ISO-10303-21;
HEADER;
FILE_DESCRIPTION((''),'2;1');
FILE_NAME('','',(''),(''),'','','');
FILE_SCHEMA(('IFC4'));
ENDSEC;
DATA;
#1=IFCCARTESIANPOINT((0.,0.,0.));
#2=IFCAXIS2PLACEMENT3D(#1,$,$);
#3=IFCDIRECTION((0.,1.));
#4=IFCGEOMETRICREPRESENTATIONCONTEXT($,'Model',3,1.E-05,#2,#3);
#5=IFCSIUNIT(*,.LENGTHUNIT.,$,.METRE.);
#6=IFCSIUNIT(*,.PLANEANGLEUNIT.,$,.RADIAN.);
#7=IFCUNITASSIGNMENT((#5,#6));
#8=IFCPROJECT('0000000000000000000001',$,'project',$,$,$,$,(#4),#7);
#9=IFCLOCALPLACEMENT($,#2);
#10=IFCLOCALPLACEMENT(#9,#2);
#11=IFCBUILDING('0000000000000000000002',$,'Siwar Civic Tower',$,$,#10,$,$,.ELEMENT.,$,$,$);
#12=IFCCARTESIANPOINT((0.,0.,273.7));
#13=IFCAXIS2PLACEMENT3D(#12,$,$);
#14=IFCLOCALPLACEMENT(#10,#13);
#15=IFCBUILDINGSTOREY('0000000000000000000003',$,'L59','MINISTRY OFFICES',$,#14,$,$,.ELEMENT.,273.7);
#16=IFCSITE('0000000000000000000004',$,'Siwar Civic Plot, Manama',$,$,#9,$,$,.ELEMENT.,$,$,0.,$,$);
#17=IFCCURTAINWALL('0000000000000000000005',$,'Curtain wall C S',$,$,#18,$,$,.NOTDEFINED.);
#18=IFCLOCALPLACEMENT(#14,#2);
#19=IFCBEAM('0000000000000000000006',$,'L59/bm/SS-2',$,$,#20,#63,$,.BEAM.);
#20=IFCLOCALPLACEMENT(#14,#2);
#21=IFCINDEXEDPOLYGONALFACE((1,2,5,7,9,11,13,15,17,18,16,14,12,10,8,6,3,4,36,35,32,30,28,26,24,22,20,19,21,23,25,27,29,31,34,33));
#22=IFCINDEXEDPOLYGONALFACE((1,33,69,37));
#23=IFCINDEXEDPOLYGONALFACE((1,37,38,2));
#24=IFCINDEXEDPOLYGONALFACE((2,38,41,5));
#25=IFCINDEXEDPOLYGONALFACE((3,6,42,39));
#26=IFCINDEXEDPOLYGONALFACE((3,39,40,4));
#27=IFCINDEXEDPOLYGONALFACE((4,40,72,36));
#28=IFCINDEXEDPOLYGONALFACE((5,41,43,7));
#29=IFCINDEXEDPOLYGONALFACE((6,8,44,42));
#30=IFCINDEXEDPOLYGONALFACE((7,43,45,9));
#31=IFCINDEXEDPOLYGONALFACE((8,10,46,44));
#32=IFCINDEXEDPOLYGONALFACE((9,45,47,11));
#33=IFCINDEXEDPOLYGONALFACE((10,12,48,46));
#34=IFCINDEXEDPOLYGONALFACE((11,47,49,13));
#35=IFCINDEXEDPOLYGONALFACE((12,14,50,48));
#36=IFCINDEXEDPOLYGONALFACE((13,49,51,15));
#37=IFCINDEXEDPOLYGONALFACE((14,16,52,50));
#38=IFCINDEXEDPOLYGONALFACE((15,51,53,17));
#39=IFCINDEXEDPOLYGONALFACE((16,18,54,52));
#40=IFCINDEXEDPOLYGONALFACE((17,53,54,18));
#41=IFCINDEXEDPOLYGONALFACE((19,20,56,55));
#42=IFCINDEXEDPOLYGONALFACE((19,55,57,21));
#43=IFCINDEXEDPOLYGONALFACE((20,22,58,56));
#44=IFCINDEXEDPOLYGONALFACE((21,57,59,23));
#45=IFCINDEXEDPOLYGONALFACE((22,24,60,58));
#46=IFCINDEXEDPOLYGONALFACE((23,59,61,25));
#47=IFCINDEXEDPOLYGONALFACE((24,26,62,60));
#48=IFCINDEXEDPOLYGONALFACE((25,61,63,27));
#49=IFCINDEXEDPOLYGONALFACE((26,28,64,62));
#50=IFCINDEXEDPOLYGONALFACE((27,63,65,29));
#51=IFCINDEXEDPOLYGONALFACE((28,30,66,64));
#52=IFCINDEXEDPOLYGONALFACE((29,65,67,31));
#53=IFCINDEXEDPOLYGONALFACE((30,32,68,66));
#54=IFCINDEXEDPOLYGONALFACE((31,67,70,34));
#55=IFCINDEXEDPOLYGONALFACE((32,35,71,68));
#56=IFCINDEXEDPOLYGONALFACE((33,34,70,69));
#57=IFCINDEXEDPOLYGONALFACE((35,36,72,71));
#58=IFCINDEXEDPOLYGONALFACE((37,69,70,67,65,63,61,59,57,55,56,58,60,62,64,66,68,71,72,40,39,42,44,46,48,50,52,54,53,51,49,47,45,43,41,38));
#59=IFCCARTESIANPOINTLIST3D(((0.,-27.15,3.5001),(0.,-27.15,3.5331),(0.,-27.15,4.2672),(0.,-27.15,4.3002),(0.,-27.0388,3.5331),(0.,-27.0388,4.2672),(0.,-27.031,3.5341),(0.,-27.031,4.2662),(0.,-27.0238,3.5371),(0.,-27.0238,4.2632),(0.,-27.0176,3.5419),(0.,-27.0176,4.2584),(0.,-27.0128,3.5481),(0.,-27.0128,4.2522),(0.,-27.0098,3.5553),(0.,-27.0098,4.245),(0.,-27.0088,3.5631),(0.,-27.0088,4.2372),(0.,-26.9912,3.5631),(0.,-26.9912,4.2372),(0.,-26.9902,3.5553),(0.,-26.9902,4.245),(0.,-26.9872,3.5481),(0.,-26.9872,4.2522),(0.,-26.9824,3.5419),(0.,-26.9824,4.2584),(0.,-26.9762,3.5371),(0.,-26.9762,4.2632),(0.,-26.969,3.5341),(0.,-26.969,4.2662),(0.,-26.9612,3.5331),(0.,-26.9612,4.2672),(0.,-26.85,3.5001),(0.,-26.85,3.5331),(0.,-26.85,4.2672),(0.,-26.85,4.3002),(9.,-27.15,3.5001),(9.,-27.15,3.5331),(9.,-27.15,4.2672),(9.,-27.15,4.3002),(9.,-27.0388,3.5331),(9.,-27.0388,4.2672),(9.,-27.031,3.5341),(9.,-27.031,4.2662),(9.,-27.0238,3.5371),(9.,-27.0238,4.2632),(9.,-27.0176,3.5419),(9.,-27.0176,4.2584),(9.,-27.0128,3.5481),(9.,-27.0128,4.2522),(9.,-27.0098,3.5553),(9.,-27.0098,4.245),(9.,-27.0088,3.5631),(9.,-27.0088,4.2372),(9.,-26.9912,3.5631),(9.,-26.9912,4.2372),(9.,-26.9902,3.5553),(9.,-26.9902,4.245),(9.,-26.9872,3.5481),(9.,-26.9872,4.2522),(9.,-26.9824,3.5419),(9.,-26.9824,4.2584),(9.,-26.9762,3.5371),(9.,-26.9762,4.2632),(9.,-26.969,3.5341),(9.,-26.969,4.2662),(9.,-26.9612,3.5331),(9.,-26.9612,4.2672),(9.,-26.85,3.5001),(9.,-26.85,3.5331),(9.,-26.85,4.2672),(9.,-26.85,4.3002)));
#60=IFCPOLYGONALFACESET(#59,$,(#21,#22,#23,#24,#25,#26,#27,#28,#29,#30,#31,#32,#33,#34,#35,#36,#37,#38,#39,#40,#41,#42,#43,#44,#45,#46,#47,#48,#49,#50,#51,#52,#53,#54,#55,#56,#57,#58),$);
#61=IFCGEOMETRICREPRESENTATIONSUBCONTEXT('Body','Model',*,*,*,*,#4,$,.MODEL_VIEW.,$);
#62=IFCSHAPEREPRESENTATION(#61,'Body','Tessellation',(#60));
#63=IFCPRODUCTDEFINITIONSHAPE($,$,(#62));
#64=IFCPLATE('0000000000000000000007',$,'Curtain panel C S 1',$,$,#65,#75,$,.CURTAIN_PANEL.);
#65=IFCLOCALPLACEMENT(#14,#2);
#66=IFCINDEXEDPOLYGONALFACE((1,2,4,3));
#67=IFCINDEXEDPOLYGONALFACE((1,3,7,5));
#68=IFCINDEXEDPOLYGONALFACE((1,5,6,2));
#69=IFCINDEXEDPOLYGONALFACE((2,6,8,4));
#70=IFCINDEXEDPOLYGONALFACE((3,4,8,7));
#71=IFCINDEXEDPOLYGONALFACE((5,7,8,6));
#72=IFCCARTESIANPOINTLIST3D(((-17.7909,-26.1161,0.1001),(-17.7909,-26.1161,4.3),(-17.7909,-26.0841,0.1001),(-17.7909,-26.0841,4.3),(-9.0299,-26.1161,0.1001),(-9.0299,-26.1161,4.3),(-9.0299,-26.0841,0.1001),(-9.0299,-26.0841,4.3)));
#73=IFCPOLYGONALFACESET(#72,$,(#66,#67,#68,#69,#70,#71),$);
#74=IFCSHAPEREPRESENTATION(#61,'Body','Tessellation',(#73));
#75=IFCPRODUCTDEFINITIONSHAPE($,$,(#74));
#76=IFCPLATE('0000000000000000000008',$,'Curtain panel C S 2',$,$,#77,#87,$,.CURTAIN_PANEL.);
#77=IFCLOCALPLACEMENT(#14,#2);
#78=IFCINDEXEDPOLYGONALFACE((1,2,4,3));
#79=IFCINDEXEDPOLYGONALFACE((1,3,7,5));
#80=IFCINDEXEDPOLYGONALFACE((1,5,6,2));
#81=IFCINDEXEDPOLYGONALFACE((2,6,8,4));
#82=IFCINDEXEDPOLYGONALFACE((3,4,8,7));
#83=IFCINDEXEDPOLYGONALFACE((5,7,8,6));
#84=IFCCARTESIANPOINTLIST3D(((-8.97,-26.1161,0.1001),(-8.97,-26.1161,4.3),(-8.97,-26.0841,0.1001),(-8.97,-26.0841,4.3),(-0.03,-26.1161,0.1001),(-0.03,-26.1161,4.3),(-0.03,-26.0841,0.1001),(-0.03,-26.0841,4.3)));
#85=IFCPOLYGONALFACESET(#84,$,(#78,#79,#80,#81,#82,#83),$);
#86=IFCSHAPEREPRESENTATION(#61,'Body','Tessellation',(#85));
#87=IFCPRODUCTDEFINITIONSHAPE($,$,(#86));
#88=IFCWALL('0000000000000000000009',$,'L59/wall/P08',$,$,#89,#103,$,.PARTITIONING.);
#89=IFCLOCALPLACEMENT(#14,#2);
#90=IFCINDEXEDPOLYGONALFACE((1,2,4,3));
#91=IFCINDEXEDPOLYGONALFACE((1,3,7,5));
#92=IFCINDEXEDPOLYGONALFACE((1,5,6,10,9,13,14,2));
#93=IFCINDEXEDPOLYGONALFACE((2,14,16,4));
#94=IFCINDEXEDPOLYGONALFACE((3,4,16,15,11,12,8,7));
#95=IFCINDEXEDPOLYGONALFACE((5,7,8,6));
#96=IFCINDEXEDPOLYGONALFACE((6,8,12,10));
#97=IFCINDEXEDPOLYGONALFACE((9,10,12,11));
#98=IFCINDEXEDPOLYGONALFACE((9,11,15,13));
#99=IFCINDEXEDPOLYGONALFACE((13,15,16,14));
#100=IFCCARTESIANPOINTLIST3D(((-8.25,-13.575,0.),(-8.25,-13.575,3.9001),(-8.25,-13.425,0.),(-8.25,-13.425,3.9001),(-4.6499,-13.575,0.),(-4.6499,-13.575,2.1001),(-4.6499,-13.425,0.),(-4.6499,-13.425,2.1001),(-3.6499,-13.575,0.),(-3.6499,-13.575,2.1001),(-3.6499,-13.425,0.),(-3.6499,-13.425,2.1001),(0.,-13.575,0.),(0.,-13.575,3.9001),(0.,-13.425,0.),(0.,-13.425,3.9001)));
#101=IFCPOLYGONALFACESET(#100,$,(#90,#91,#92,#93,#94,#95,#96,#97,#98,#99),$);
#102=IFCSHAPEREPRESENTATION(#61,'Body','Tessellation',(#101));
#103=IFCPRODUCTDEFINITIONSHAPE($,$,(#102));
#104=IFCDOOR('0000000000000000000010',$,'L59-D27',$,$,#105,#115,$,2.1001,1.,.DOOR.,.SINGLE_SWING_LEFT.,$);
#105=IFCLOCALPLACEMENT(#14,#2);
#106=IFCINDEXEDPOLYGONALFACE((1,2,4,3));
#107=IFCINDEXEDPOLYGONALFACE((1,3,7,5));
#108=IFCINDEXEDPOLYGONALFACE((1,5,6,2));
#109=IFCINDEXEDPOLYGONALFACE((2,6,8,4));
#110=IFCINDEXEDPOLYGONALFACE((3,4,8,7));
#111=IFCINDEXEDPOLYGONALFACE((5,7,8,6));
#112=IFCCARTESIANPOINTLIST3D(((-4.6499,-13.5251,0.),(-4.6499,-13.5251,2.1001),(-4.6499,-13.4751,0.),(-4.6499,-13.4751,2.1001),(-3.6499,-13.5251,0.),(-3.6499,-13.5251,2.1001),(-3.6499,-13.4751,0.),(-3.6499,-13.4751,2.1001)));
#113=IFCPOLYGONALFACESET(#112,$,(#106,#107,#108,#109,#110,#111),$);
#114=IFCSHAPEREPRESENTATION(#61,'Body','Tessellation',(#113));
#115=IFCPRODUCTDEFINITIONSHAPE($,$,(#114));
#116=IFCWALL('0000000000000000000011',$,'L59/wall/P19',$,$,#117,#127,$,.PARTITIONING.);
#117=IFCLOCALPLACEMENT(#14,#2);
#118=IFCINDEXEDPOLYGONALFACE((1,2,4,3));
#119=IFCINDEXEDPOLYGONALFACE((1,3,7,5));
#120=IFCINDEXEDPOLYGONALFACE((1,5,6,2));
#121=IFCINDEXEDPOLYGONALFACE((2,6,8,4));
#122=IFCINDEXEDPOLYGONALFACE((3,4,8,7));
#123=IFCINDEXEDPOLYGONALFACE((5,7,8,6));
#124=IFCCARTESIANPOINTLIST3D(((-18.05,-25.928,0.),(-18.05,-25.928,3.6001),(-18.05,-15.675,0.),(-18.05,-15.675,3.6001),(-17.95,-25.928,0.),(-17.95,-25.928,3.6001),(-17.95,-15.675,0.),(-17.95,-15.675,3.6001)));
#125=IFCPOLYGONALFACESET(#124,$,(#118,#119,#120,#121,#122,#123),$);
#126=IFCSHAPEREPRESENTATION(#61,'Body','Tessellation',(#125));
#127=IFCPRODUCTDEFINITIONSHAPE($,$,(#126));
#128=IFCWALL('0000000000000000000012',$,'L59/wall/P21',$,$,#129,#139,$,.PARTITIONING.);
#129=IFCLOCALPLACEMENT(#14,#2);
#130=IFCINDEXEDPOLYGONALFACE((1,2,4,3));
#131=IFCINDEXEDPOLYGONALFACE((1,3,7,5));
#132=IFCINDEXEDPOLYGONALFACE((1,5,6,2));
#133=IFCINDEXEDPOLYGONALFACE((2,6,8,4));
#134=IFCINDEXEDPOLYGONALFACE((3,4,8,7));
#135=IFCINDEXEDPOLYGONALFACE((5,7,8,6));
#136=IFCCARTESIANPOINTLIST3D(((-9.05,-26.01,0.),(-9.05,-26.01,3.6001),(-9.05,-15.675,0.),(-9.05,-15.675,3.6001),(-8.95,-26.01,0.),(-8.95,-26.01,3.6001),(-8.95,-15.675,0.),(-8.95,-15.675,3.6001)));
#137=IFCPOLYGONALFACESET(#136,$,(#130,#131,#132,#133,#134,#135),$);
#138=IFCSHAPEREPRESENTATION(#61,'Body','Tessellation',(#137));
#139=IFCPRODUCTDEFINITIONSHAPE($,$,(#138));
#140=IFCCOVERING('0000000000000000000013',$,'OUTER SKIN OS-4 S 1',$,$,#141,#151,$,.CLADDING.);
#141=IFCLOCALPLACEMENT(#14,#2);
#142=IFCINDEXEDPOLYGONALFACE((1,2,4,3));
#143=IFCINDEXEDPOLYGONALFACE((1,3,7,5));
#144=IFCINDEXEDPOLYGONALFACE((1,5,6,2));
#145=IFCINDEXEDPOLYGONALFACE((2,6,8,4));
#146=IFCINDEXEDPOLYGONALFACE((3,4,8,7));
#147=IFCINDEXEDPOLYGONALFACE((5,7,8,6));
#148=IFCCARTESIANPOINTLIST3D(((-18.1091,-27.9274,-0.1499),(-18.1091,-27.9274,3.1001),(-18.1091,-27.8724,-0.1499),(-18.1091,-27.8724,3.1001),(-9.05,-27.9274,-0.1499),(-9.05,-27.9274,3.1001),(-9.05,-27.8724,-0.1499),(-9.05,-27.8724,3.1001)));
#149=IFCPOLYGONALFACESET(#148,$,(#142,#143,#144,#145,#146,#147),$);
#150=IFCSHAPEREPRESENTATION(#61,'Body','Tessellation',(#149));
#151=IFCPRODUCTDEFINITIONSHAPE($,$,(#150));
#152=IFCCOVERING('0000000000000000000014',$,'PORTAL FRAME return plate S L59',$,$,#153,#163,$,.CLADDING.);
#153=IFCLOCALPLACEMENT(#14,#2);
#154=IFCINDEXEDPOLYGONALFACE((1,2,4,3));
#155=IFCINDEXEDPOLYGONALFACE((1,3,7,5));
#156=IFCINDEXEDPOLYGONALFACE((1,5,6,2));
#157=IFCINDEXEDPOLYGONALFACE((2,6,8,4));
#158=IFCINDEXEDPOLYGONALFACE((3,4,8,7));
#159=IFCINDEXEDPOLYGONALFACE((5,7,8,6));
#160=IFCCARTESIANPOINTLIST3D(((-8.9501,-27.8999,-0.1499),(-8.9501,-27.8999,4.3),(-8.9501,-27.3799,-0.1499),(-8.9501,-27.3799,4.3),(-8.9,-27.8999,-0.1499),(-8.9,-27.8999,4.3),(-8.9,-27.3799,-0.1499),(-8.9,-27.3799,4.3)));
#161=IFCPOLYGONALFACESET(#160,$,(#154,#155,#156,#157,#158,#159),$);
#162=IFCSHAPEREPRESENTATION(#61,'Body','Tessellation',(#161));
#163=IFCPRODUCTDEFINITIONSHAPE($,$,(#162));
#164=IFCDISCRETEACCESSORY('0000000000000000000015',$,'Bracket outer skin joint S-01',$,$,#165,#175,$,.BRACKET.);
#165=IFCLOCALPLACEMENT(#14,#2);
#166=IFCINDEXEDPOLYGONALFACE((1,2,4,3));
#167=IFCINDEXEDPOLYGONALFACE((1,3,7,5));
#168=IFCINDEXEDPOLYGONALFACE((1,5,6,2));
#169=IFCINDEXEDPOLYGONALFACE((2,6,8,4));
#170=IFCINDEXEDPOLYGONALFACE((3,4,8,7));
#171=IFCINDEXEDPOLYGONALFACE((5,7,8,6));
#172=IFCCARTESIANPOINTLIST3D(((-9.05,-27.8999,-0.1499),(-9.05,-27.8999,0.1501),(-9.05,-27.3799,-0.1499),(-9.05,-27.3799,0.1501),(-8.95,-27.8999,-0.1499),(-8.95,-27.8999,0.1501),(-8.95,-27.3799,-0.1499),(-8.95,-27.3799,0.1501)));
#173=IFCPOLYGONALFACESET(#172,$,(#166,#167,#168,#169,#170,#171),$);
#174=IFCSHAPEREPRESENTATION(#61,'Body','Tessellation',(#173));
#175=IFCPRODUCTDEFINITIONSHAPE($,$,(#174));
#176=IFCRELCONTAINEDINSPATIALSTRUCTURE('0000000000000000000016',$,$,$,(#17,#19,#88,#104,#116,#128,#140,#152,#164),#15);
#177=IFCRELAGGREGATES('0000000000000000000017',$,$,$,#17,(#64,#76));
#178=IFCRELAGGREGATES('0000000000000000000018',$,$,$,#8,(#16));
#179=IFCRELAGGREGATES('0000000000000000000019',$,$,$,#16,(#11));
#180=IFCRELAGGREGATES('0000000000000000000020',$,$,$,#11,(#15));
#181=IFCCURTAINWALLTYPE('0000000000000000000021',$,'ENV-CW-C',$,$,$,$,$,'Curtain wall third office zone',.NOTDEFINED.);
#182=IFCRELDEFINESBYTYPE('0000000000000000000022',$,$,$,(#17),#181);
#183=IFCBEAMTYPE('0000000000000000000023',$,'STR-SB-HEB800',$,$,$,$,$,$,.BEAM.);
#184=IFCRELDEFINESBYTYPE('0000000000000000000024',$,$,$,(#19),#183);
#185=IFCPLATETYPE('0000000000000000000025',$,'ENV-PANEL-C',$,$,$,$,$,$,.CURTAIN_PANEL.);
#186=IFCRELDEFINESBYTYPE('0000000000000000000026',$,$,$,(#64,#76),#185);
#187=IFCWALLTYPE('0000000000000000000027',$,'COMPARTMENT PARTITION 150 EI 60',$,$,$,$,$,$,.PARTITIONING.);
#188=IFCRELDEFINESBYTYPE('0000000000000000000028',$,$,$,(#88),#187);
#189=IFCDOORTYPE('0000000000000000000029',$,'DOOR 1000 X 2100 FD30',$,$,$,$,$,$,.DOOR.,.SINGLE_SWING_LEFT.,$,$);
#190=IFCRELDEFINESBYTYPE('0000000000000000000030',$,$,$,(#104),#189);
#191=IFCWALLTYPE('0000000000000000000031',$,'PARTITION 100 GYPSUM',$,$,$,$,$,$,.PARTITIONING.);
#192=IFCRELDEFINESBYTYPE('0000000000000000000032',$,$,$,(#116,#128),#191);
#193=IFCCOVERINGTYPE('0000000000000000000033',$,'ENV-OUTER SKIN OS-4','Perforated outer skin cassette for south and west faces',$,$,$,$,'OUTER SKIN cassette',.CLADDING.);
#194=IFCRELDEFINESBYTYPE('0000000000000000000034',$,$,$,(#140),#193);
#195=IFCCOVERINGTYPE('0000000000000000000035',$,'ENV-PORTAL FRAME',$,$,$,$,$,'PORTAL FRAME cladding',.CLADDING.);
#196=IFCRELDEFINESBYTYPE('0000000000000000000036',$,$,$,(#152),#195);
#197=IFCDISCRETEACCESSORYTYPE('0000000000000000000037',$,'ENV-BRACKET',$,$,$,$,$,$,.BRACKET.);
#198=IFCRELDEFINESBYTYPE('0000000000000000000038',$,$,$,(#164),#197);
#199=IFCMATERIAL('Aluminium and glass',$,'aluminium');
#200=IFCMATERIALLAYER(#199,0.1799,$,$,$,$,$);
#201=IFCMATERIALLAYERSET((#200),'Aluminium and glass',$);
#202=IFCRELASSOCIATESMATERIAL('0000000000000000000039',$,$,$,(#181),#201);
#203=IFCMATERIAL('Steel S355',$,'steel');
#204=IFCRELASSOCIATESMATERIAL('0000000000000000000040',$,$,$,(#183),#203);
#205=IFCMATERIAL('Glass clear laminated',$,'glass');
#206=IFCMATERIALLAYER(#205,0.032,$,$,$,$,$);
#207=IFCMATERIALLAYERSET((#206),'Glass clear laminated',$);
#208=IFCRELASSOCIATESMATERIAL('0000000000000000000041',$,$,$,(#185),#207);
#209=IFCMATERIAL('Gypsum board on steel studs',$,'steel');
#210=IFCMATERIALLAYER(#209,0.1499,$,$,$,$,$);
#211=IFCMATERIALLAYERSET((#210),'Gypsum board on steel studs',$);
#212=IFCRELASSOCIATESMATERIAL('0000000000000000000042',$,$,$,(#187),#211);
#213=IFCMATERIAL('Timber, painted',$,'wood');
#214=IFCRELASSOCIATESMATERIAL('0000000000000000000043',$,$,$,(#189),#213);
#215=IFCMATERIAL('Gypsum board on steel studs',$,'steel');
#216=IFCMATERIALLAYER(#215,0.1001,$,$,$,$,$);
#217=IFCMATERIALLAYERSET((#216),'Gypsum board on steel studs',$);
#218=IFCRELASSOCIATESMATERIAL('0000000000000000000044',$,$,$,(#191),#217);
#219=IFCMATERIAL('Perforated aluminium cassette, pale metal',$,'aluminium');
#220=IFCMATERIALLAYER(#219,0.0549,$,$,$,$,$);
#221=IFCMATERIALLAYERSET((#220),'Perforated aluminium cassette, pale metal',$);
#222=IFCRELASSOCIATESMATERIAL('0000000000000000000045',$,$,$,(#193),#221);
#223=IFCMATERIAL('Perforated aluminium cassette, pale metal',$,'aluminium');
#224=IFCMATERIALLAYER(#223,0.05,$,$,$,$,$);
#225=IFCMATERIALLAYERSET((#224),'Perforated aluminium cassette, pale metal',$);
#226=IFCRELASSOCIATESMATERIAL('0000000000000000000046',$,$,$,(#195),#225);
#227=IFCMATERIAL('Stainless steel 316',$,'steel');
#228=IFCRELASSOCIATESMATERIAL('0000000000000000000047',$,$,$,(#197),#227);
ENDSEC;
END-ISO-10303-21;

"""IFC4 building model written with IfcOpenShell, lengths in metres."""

from ifc_helpers import new_model, si_unit, direction, frame, frame_2d, origin, origin_2d, place, context, subcontext, project, spatial, rectangle, i_section, extrude, material, layer, layer_set, material_profile, profile_set, type_object, element, fill, aggregate, save


model = new_model("IFC4")

# Units and contexts
model_context = context("Model", 3, precision=1e-05, world=origin(), true_north=direction((0.0, 1.0)))
body_context = subcontext(model_context, "Body", "Model", "MODEL_VIEW")
ifc_project = project(units=[si_unit("LENGTHUNIT", "METRE"), si_unit("PLANEANGLEUNIT", "RADIAN")], contexts=[model_context])

# Site, building, storey
site_placement = place(None, origin())
site = spatial("IfcSite", under=ifc_project, at=site_placement, Name="Siwar Civic Plot, Manama", CompositionType="ELEMENT", RefElevation=0.0)
building_placement = place(site_placement, origin())
building = spatial("IfcBuilding", under=site, at=building_placement, Name="Siwar Civic Tower", CompositionType="ELEMENT")
storey_placement = place(building_placement, frame((0.0, 0.0, 273.7)))
storey = spatial("IfcBuildingStorey", under=building, at=storey_placement, Name="L59", Description="MINISTRY OFFICES", CompositionType="ELEMENT", Elevation=273.7)

# Curtain wall
ifc_material_1 = material(Name="Aluminium and glass", Category="aluminium")
ifc_layer_1 = layer(ifc_material_1, 0.1799)
ifc_layer_set_1 = layer_set([ifc_layer_1], Name="Aluminium and glass")
curtain_wall_type = type_object("IfcCurtainWallType", Name="ENV-CW-C", ElementType="Curtain wall third office zone", PredefinedType="NOTDEFINED", material=ifc_layer_set_1)
curtain_wall_placement = place(storey_placement, origin())
curtain_wall = element("IfcCurtainWall", 1, at=curtain_wall_placement, inside=storey, type_object=curtain_wall_type, Name="Curtain wall C S", PredefinedType="NOTDEFINED")

# Beam
ifc_material_2 = material(Name="Steel S355", Category="steel")
ifc_material_profile_1 = material_profile(ifc_material_2, i_section(OverallWidth=0.3, OverallDepth=0.8, WebThickness=0.0176, FlangeThickness=0.033, FilletRadius=0.03, at=origin_2d()), Name="HEB800")
ifc_profile_set_1 = profile_set([ifc_material_profile_1], Name="Steel S355")
beam_type_1 = type_object("IfcBeamType", Name="STR-SB-HEB800", PredefinedType="BEAM", material=ifc_profile_set_1)
for number, where, z_axis, x_axis, name in (
    (2, (0.0, -27.0, 3.9001), (1.0, 0.0, 0.0), (0.0, 1.0, 0.0), "L59/bm/SS-2"),
):
    element("IfcBeam", number, at=place(storey_placement, frame(where, z_axis=z_axis, x_axis=x_axis)), inside=storey, type_object=beam_type_1, Name=name, PredefinedType="BEAM", context=body_context, shape_type="SweptSolid", body=[
        extrude(i_section(OverallWidth=0.3, OverallDepth=0.8, WebThickness=0.0176, FlangeThickness=0.033, FilletRadius=0.03, at=origin_2d()), origin(), (0.0, 0.0, 1.0), 9.0),
    ])

# Plates
ifc_material_3 = material(Name="Glass clear laminated", Category="glass")
ifc_layer_2 = layer(ifc_material_3, 0.032)
ifc_layer_set_2 = layer_set([ifc_layer_2], Name="Glass clear laminated")
plate_type = type_object("IfcPlateType", Name="ENV-PANEL-C", PredefinedType="CURTAIN_PANEL", material=ifc_layer_set_2)
plate_1_placement = place(storey_placement, frame((-13.4104, -26.1001, 0.1001), z_axis=(0.0, 0.0, 1.0), x_axis=(1.0, 0.0, 0.0)))
plate_1 = element("IfcPlate", 3, at=plate_1_placement, type_object=plate_type, Name="Curtain panel C S 1", PredefinedType="CURTAIN_PANEL", context=body_context, shape_type="SweptSolid", body=[
    extrude(rectangle(XDim=8.761, YDim=0.032, at=origin_2d()), origin(), (0.0, 0.0, 1.0), 4.2),
])
plate_2_placement = place(storey_placement, frame((-4.5, -26.1001, 0.1001), z_axis=(0.0, 0.0, 1.0), x_axis=(1.0, 0.0, 0.0)))
plate_2 = element("IfcPlate", 4, at=plate_2_placement, type_object=plate_type, Name="Curtain panel C S 2", PredefinedType="CURTAIN_PANEL", context=body_context, shape_type="SweptSolid", body=[
    extrude(rectangle(XDim=8.9399, YDim=0.032, at=origin_2d()), origin(), (0.0, 0.0, 1.0), 4.2),
])
aggregate(curtain_wall, [plate_1, plate_2])

# Wall, opening, door
ifc_material_4 = material(Name="Gypsum board on steel studs", Category="steel")
ifc_layer_3 = layer(ifc_material_4, 0.1499)
ifc_layer_set_3 = layer_set([ifc_layer_3], Name="Gypsum board on steel studs")
wall_type_1 = type_object("IfcWallType", Name="COMPARTMENT PARTITION 150 EI 60", PredefinedType="PARTITIONING", material=ifc_layer_set_3)
wall_1_placement = place(storey_placement, frame((-8.25, -13.5, 0.0), z_axis=(0.0, 0.0, 1.0), x_axis=(1.0, 0.0, 0.0)))
wall_1 = element("IfcWall", 5, at=wall_1_placement, inside=storey, type_object=wall_type_1, Name="L59/wall/P08", PredefinedType="PARTITIONING", context=body_context, shape_type="SweptSolid", body=[
    extrude(rectangle(XDim=8.25, YDim=0.1499, at=frame_2d((4.125, 0.0))), origin(), (0.0, 0.0, 1.0), 3.9001),
])
opening_placement = place(wall_1_placement, frame((3.6001, 0.0, 0.0)))
opening = element("IfcOpeningElement", 6, at=opening_placement, cuts=wall_1, PredefinedType="OPENING", context=body_context, shape_type="SweptSolid", body=[
    extrude(rectangle(XDim=1.0, YDim=2.1001, at=frame_2d((0.5, 1.05))), frame((0.0, 0.085, 0.0), z_axis=(0.0, -1.0, 0.0), x_axis=(1.0, 0.0, 0.0)), (0.0, 0.0, 1.0), 0.1699),
])
ifc_material_5 = material(Name="Timber, painted", Category="wood")
door_type = type_object("IfcDoorType", Name="DOOR 1000 X 2100 FD30", OperationType="SINGLE_SWING_LEFT", PredefinedType="DOOR", material=ifc_material_5)
door_placement = place(opening_placement, origin())
door = element("IfcDoor", 7, at=door_placement, inside=storey, type_object=door_type, Name="L59-D27", OperationType="SINGLE_SWING_LEFT", OverallHeight=2.1001, OverallWidth=1.0, PredefinedType="DOOR", context=body_context, shape_type="SweptSolid", body=[
    extrude(rectangle(XDim=1.0, YDim=2.1001, at=frame_2d((0.5, 1.05))), frame((0.0, 0.0249, 0.0), z_axis=(0.0, -1.0, 0.0), x_axis=(1.0, 0.0, 0.0)), (0.0, 0.0, 1.0), 0.05),
])
fill(opening, door)

# Walls
ifc_material_6 = material(Name="Gypsum board on steel studs", Category="steel")
ifc_layer_4 = layer(ifc_material_6, 0.1001)
ifc_layer_set_4 = layer_set([ifc_layer_4], Name="Gypsum board on steel studs")
wall_type_2 = type_object("IfcWallType", Name="PARTITION 100 GYPSUM", PredefinedType="PARTITIONING", material=ifc_layer_set_4)
wall_2_placement = place(storey_placement, frame((-18.0, -25.928, 0.0), z_axis=(0.0, 0.0, 1.0), x_axis=(0.0, 1.0, 0.0)))
element("IfcWall", 8, at=wall_2_placement, inside=storey, type_object=wall_type_2, Name="L59/wall/P19", PredefinedType="PARTITIONING", context=body_context, shape_type="SweptSolid", body=[
    extrude(rectangle(XDim=10.2529, YDim=0.1001, at=frame_2d((5.1265, 0.0))), origin(), (0.0, 0.0, 1.0), 3.6001),
])
wall_3_placement = place(storey_placement, frame((-9.0, -26.01, 0.0), z_axis=(0.0, 0.0, 1.0), x_axis=(0.0, 1.0, 0.0)))
element("IfcWall", 9, at=wall_3_placement, inside=storey, type_object=wall_type_2, Name="L59/wall/P21", PredefinedType="PARTITIONING", context=body_context, shape_type="SweptSolid", body=[
    extrude(rectangle(XDim=10.335, YDim=0.1001, at=frame_2d((5.1675, 0.0))), origin(), (0.0, 0.0, 1.0), 3.6001),
])

# Coverings
ifc_material_7 = material(Name="Perforated aluminium cassette, pale metal", Category="aluminium")
ifc_layer_5 = layer(ifc_material_7, 0.0549)
ifc_layer_set_5 = layer_set([ifc_layer_5], Name="Perforated aluminium cassette, pale metal")
covering_type_1 = type_object("IfcCoveringType", Name="ENV-OUTER SKIN OS-4", Description="Perforated outer skin cassette for south and west faces", ElementType="OUTER SKIN cassette", PredefinedType="CLADDING", material=ifc_layer_set_5)
covering_1_placement = place(storey_placement, frame((-13.5796, -27.8999, -0.1499), z_axis=(0.0, 0.0, 1.0), x_axis=(1.0, 0.0, 0.0)))
element("IfcCovering", 10, at=covering_1_placement, inside=storey, type_object=covering_type_1, Name="OUTER SKIN OS-4 S 1", PredefinedType="CLADDING", context=body_context, shape_type="SweptSolid", body=[
    extrude(rectangle(XDim=9.0591, YDim=0.0549, at=origin_2d()), origin(), (0.0, 0.0, 1.0), 3.25),
])
ifc_material_8 = material(Name="Perforated aluminium cassette, pale metal", Category="aluminium")
ifc_layer_6 = layer(ifc_material_8, 0.05)
ifc_layer_set_6 = layer_set([ifc_layer_6], Name="Perforated aluminium cassette, pale metal")
covering_type_2 = type_object("IfcCoveringType", Name="ENV-PORTAL FRAME", ElementType="PORTAL FRAME cladding", PredefinedType="CLADDING", material=ifc_layer_set_6)
covering_2_placement = place(storey_placement, frame((-8.925, -27.6399, -0.1499), z_axis=(0.0, 0.0, 1.0), x_axis=(1.0, 0.0, 0.0)))
element("IfcCovering", 11, at=covering_2_placement, inside=storey, type_object=covering_type_2, Name="PORTAL FRAME return plate S L59", PredefinedType="CLADDING", context=body_context, shape_type="SweptSolid", body=[
    extrude(rectangle(XDim=0.05, YDim=0.52, at=origin_2d()), origin(), (0.0, 0.0, 1.0), 4.45),
])

# Discrete accessory
ifc_material_9 = material(Name="Stainless steel 316", Category="steel")
discrete_accessory_type = type_object("IfcDiscreteAccessoryType", Name="ENV-BRACKET", PredefinedType="BRACKET", material=ifc_material_9)
discrete_accessory_placement = place(storey_placement, frame((-9.0, -27.6399, -0.1499), z_axis=(0.0, 0.0, 1.0), x_axis=(0.0, -1.0, 0.0)))
element("IfcDiscreteAccessory", 12, at=discrete_accessory_placement, inside=storey, type_object=discrete_accessory_type, Name="Bracket outer skin joint S-01", PredefinedType="BRACKET", context=body_context, shape_type="SweptSolid", body=[
    extrude(rectangle(XDim=0.52, YDim=0.1001, at=origin_2d()), origin(), (0.0, 0.0, 1.0), 0.3),
])

save(model, "model.ifc")
